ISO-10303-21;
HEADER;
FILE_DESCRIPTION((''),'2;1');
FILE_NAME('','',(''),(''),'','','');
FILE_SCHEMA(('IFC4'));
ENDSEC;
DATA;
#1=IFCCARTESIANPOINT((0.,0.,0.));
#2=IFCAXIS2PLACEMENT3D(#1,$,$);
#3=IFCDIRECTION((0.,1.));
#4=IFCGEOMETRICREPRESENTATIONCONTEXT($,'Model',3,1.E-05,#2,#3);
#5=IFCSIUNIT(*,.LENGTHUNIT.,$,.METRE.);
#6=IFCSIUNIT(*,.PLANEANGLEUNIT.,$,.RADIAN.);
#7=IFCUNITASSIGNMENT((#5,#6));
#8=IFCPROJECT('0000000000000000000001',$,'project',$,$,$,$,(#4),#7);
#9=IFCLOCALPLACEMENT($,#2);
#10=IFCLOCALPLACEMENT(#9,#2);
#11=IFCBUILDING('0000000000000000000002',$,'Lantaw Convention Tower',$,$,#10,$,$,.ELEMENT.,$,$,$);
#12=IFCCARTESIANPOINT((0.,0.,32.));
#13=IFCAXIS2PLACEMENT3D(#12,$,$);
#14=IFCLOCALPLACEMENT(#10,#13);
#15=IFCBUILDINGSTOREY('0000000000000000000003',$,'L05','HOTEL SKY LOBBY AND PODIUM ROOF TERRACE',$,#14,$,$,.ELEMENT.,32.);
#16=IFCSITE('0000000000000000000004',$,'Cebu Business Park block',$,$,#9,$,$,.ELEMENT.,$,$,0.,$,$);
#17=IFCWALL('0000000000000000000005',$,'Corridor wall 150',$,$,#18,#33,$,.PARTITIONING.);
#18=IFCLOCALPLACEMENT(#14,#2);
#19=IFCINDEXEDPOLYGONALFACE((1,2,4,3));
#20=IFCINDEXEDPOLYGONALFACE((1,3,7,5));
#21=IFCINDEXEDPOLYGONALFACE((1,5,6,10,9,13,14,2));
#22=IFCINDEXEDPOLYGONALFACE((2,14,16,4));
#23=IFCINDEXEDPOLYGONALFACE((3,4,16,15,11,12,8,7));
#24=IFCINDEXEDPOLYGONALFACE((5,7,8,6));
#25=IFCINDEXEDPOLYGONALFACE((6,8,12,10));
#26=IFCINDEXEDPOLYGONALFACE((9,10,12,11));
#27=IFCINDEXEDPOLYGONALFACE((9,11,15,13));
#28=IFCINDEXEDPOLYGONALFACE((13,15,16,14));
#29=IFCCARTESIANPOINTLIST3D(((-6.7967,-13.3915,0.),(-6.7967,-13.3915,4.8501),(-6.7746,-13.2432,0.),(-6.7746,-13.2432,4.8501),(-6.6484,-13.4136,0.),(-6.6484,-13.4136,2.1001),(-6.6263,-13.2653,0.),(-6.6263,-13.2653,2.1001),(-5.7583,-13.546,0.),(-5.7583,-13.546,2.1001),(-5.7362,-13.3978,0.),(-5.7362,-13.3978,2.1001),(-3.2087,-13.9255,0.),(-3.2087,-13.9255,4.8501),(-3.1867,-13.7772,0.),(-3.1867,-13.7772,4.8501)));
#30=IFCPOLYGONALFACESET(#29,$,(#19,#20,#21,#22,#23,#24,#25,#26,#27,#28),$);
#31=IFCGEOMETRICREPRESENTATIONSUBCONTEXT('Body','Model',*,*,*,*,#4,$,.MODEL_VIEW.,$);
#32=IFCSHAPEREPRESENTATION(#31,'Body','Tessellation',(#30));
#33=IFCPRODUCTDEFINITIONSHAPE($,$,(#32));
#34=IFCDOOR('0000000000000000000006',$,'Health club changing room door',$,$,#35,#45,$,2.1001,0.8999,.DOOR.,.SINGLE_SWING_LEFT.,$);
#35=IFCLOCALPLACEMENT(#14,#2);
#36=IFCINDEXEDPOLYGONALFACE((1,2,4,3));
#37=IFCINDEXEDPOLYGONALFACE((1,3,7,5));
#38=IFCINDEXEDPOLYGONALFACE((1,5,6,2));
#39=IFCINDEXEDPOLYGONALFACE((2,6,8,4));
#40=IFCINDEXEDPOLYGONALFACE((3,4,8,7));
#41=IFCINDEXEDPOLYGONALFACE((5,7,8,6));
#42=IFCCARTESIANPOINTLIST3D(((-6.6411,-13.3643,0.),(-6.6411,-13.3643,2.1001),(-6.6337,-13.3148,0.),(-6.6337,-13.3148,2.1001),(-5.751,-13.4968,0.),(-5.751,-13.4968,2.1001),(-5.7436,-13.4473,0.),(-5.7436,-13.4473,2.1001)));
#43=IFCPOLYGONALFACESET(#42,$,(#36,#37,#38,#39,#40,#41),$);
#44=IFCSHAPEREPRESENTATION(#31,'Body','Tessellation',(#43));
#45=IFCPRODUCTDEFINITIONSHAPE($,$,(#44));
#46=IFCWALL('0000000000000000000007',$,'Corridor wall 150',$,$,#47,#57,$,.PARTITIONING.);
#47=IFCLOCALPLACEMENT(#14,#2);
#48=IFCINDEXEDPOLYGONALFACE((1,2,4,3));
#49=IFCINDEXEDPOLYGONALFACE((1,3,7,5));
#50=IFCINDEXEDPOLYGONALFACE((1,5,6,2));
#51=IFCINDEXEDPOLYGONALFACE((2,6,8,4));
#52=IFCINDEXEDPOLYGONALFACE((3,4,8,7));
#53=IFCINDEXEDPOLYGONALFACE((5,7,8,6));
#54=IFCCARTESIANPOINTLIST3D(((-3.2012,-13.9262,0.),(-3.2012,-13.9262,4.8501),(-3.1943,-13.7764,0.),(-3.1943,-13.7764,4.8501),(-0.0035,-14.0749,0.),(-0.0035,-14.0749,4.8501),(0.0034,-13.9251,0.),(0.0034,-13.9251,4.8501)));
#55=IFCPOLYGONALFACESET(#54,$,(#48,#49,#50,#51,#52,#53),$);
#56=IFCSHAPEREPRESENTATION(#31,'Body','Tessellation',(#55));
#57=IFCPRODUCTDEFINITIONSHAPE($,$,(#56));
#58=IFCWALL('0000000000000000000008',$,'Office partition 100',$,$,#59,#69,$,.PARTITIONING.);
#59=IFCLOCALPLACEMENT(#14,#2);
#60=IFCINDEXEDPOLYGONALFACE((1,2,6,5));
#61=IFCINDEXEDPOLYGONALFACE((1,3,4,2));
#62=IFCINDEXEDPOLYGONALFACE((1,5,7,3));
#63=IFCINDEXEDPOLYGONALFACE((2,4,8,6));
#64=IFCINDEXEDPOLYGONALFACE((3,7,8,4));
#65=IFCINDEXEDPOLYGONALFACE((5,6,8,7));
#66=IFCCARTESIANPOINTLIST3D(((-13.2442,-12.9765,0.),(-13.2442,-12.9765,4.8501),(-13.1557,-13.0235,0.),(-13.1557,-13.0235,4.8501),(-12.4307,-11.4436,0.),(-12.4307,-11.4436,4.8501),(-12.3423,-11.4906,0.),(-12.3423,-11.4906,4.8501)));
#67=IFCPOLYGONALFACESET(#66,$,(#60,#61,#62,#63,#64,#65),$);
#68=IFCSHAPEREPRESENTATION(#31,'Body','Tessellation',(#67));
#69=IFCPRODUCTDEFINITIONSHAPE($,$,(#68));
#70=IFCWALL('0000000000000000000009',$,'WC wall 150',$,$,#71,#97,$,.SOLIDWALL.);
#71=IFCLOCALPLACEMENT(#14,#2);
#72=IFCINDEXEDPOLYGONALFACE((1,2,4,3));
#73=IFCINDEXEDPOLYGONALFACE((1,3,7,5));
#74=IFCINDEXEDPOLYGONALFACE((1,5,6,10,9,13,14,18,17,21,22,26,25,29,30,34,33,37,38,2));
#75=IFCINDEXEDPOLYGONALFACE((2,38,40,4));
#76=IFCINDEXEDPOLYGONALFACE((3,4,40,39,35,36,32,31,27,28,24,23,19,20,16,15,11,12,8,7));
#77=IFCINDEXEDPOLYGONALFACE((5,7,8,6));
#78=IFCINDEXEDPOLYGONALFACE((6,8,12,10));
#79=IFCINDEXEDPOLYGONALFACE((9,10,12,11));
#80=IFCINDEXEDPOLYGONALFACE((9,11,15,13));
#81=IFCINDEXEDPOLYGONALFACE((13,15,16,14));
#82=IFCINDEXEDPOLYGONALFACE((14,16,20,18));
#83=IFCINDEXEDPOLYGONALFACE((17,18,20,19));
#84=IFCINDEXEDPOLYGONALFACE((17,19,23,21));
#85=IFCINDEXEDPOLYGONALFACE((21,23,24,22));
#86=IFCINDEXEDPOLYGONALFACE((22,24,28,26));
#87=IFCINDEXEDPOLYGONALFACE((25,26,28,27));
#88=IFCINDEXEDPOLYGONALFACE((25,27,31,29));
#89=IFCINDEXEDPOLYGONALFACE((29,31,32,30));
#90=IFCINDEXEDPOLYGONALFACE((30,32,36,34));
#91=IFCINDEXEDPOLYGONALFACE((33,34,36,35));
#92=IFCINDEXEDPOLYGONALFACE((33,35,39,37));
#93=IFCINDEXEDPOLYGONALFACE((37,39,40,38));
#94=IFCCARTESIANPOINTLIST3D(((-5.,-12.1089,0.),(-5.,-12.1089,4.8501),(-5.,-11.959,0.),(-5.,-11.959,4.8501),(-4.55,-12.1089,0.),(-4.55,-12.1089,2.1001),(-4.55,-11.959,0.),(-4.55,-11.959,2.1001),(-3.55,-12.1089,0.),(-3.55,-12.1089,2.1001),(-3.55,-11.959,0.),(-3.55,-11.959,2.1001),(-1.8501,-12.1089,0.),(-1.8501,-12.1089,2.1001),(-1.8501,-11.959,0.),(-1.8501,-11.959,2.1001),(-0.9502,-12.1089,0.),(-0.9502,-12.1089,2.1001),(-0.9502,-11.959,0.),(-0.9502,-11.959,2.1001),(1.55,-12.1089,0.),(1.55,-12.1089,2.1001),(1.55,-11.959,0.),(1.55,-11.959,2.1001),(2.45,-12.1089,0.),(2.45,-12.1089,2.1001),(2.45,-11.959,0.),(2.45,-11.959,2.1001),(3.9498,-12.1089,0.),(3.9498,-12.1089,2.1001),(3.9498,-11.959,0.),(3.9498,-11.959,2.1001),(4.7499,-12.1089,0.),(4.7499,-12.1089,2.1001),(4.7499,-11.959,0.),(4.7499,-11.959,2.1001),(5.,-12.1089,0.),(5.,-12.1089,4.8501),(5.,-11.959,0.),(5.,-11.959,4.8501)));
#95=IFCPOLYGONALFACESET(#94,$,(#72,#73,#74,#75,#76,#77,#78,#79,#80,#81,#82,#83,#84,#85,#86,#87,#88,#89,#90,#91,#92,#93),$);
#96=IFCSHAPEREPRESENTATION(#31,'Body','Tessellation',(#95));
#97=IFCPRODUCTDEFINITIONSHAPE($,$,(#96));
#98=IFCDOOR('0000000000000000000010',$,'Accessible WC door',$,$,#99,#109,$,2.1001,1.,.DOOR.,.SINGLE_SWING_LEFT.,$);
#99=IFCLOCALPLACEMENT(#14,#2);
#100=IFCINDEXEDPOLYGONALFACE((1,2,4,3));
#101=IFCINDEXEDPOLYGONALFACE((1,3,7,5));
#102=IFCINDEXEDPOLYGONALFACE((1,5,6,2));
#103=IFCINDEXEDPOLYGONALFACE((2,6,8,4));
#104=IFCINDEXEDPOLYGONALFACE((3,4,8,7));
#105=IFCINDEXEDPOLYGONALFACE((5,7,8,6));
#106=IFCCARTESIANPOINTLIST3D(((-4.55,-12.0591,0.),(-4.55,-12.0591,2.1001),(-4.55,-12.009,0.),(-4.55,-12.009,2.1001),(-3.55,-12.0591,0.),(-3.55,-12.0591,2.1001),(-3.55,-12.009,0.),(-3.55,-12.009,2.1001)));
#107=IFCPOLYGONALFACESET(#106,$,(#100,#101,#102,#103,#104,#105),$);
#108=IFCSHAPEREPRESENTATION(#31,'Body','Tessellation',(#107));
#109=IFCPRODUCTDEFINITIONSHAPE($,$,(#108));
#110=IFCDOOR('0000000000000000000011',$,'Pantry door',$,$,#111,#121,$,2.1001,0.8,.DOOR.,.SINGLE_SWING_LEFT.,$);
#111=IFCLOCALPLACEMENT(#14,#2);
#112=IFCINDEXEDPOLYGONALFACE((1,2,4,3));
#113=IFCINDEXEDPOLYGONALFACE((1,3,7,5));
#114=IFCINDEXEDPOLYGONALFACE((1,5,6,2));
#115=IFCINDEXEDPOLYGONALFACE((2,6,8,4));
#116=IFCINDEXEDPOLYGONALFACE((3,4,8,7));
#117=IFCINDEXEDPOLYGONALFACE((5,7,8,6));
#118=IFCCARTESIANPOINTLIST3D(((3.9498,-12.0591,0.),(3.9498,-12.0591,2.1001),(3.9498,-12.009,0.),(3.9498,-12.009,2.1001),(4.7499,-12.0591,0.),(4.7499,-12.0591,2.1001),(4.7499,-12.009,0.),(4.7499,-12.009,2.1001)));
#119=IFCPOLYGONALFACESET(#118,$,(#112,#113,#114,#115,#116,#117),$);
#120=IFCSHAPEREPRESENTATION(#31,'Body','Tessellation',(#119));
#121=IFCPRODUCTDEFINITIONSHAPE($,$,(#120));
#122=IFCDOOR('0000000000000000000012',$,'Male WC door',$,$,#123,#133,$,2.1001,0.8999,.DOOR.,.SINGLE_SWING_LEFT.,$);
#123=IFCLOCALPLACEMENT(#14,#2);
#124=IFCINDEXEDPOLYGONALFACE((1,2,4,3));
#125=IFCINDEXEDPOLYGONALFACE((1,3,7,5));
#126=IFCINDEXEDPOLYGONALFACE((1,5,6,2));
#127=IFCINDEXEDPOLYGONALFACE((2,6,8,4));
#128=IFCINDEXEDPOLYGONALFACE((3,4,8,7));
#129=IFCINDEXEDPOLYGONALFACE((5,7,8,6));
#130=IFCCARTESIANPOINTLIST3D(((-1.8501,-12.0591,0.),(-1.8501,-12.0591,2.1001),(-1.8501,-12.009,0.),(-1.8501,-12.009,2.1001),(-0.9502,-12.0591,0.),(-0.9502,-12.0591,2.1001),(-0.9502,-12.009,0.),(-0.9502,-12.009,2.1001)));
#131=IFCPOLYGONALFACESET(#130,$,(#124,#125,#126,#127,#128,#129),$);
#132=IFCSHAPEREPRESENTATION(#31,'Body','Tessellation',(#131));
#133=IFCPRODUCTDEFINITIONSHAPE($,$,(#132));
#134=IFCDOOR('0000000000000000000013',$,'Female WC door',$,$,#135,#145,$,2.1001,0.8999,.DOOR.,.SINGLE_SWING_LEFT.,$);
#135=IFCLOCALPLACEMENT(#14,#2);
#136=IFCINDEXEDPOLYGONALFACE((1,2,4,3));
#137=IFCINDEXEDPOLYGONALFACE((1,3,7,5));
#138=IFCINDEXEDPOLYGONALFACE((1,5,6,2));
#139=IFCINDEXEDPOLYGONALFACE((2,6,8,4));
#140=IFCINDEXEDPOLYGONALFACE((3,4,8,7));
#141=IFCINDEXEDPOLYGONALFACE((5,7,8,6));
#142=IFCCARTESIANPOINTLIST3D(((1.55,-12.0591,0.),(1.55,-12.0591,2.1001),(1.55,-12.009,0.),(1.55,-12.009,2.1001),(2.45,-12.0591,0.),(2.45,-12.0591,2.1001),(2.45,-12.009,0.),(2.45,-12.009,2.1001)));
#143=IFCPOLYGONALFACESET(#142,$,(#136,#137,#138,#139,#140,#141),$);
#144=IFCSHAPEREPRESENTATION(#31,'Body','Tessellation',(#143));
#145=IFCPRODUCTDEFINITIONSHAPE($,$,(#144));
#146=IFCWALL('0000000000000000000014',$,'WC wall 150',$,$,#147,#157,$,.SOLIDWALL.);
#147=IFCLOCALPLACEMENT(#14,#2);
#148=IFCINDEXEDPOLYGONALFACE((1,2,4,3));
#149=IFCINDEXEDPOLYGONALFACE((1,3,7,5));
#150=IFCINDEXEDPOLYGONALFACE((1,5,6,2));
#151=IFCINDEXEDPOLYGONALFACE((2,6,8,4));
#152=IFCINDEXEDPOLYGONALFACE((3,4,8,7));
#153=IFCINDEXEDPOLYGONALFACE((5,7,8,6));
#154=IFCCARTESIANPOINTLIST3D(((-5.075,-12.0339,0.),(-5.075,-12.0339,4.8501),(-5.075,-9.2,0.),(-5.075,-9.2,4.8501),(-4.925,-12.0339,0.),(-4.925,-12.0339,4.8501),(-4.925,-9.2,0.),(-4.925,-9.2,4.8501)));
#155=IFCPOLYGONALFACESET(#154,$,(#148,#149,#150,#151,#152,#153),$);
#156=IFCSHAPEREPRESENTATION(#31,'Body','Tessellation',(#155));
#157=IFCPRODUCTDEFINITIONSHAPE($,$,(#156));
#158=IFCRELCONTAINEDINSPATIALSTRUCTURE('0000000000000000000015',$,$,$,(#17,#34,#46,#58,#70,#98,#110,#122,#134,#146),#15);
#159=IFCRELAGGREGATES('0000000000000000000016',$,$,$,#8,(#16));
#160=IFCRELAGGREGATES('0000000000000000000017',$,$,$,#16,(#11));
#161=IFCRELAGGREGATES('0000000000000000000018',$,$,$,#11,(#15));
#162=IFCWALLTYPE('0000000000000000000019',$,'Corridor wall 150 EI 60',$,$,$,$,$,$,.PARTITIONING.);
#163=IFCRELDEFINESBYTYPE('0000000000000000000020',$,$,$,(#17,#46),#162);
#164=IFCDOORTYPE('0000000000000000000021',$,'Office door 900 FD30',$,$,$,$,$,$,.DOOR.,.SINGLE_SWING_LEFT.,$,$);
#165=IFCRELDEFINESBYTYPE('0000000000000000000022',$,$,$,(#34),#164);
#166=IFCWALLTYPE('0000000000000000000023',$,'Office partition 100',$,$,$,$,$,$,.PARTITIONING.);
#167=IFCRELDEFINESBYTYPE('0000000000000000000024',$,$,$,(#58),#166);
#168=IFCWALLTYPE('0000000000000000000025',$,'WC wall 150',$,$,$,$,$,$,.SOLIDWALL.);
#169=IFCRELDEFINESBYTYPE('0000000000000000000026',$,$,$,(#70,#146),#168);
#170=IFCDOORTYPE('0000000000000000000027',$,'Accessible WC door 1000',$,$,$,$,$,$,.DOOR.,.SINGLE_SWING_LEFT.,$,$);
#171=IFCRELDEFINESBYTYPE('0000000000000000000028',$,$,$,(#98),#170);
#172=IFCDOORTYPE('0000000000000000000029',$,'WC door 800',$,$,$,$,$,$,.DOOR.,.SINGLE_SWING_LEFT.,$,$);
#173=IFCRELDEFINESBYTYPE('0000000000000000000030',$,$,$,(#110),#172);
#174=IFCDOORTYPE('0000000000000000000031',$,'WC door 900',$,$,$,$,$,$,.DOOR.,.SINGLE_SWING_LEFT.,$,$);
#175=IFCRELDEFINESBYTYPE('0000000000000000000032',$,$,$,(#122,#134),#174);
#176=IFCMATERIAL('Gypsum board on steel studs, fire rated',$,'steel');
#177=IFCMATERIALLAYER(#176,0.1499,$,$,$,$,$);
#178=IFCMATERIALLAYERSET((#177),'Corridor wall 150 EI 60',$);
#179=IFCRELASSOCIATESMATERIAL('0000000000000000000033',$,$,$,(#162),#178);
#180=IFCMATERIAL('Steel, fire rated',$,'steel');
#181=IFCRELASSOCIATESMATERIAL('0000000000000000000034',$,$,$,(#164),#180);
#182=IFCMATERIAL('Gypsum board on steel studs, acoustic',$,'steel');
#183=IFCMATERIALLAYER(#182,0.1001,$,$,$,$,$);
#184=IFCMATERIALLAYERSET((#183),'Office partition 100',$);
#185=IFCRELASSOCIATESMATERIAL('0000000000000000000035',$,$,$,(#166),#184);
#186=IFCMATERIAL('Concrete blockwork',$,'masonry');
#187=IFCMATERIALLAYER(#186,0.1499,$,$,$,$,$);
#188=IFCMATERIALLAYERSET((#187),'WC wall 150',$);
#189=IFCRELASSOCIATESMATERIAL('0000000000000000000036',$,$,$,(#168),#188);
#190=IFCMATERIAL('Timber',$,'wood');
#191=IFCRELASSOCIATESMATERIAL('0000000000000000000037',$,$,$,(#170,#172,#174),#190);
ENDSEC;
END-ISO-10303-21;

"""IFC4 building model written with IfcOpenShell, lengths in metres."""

from ifc_helpers import new_model, si_unit, direction, frame, frame_2d, origin, place, context, subcontext, project, spatial, rectangle, extrude, material, layer, layer_set, type_object, element, fill, save


model = new_model("IFC4")

# Units and contexts
model_context = context("Model", 3, precision=1e-05, world=origin(), true_north=direction((0.0, 1.0)))
body_context = subcontext(model_context, "Body", "Model", "MODEL_VIEW")
ifc_project = project(units=[si_unit("LENGTHUNIT", "METRE"), si_unit("PLANEANGLEUNIT", "RADIAN")], contexts=[model_context])

# Site, building, storey
site_placement = place(None, origin())
site = spatial("IfcSite", under=ifc_project, at=site_placement, Name="Cebu Business Park block", CompositionType="ELEMENT", RefElevation=0.0)
building_placement = place(site_placement, origin())
building = spatial("IfcBuilding", under=site, at=building_placement, Name="Lantaw Convention Tower", CompositionType="ELEMENT")
storey_placement = place(building_placement, frame((0.0, 0.0, 32.0)))
storey = spatial("IfcBuildingStorey", under=building, at=storey_placement, Name="L05", Description="HOTEL SKY LOBBY AND PODIUM ROOF TERRACE", CompositionType="ELEMENT", Elevation=32.0)

# Wall, opening, door
ifc_material_1 = material(Name="Gypsum board on steel studs, fire rated", Category="steel")
ifc_layer_1 = layer(ifc_material_1, 0.1499)
ifc_layer_set_1 = layer_set([ifc_layer_1], Name="Corridor wall 150 EI 60")
wall_type_1 = type_object("IfcWallType", Name="Corridor wall 150 EI 60", PredefinedType="PARTITIONING", material=ifc_layer_set_1)
ifc_material_2 = material(Name="Steel, fire rated", Category="steel")
wall_1_placement = place(storey_placement, frame((-6.7856, -13.3174, 0.0), z_axis=(0.0, 0.0, 1.0), x_axis=(0.989107, -0.147195, 0.0)))
wall_1 = element("IfcWall", 1, at=wall_1_placement, inside=storey, type_object=wall_type_1, Name="Corridor wall 150", PredefinedType="PARTITIONING", context=body_context, shape_type="SweptSolid", body=[
    extrude(rectangle(XDim=3.6274, YDim=0.1499, at=frame_2d((1.8137, 0.0))), origin(), (0.0, 0.0, 1.0), 4.8501),
])
opening_1_placement = place(wall_1_placement, frame((0.1499, 0.0, 0.0)))
opening_1 = element("IfcOpeningElement", 2, at=opening_1_placement, cuts=wall_1, PredefinedType="OPENING", context=body_context, shape_type="SweptSolid", body=[
    extrude(rectangle(XDim=0.8999, YDim=2.1001, at=frame_2d((0.45, 1.05))), frame((0.0, 0.085, 0.0), z_axis=(0.0, -1.0, 0.0), x_axis=(1.0, 0.0, 0.0)), (0.0, 0.0, 1.0), 0.1699),
])
door_type_1 = type_object("IfcDoorType", Name="Office door 900 FD30", OperationType="SINGLE_SWING_LEFT", PredefinedType="DOOR", material=ifc_material_2)
door_1_placement = place(opening_1_placement, origin())
door_1 = element("IfcDoor", 3, at=door_1_placement, inside=storey, type_object=door_type_1, Name="Health club changing room door", OperationType="SINGLE_SWING_LEFT", OverallHeight=2.1001, OverallWidth=0.8999, PredefinedType="DOOR", context=body_context, shape_type="SweptSolid", body=[
    extrude(rectangle(XDim=0.8999, YDim=2.1001, at=frame_2d((0.45, 1.05))), frame((0.0, 0.0249, 0.0), z_axis=(0.0, -1.0, 0.0), x_axis=(1.0, 0.0, 0.0)), (0.0, 0.0, 1.0), 0.05),
])
fill(opening_1, door_1)

# Walls
wall_2_placement = place(storey_placement, frame((-3.1978, -13.8513, 0.0), z_axis=(0.0, 0.0, 1.0), x_axis=(0.998921, -0.046445, 0.0)))
element("IfcWall", 4, at=wall_2_placement, inside=storey, type_object=wall_type_1, Name="Corridor wall 150", PredefinedType="PARTITIONING", context=body_context, shape_type="SweptSolid", body=[
    extrude(rectangle(XDim=3.2012, YDim=0.1499, at=frame_2d((1.6006, 0.0))), origin(), (0.0, 0.0, 1.0), 4.8501),
])
ifc_material_3 = material(Name="Gypsum board on steel studs, acoustic", Category="steel")
ifc_layer_2 = layer(ifc_material_3, 0.1001)
ifc_layer_set_2 = layer_set([ifc_layer_2], Name="Office partition 100")
wall_type_2 = type_object("IfcWallType", Name="Office partition 100", PredefinedType="PARTITIONING", material=ifc_layer_set_2)
wall_3_placement = place(storey_placement, frame((-13.2, -13.0, 0.0), z_axis=(0.0, 0.0, 1.0), x_axis=(0.468747, 0.883332, 0.0)))
element("IfcWall", 5, at=wall_3_placement, inside=storey, type_object=wall_type_2, Name="Office partition 100", PredefinedType="PARTITIONING", context=body_context, shape_type="SweptSolid", body=[
    extrude(rectangle(XDim=1.7354, YDim=0.1001, at=frame_2d((0.8677, 0.0))), origin(), (0.0, 0.0, 1.0), 4.8501),
])

# Wall, openings, doors
ifc_material_4 = material(Name="Concrete blockwork", Category="masonry")
ifc_layer_3 = layer(ifc_material_4, 0.1499)
ifc_layer_set_3 = layer_set([ifc_layer_3], Name="WC wall 150")
wall_type_3 = type_object("IfcWallType", Name="WC wall 150", PredefinedType="SOLIDWALL", material=ifc_layer_set_3)
wall_4_placement = place(storey_placement, frame((-5.0, -12.0339, 0.0), z_axis=(0.0, 0.0, 1.0), x_axis=(1.0, 0.0, 0.0)))
wall_4 = element("IfcWall", 6, at=wall_4_placement, inside=storey, type_object=wall_type_3, Name="WC wall 150", PredefinedType="SOLIDWALL", context=body_context, shape_type="SweptSolid", body=[
    extrude(rectangle(XDim=10.0, YDim=0.1499, at=frame_2d((5.0, 0.0))), origin(), (0.0, 0.0, 1.0), 4.8501),
])
opening_2_placement = place(wall_4_placement, frame((0.45, 0.0, 0.0)))
opening_2 = element("IfcOpeningElement", 7, at=opening_2_placement, cuts=wall_4, PredefinedType="OPENING", context=body_context, shape_type="SweptSolid", body=[
    extrude(rectangle(XDim=1.0, YDim=2.1001, at=frame_2d((0.5, 1.05))), frame((0.0, 0.085, 0.0), z_axis=(0.0, -1.0, 0.0), x_axis=(1.0, 0.0, 0.0)), (0.0, 0.0, 1.0), 0.1699),
])
opening_3_placement = place(wall_4_placement, frame((3.1499, 0.0, 0.0)))
opening_3 = element("IfcOpeningElement", 8, at=opening_3_placement, cuts=wall_4, PredefinedType="OPENING", context=body_context, shape_type="SweptSolid", body=[
    extrude(rectangle(XDim=0.8999, YDim=2.1001, at=frame_2d((0.45, 1.05))), frame((0.0, 0.085, 0.0), z_axis=(0.0, -1.0, 0.0), x_axis=(1.0, 0.0, 0.0)), (0.0, 0.0, 1.0), 0.1699),
])
opening_4_placement = place(wall_4_placement, frame((6.55, 0.0, 0.0)))
opening_4 = element("IfcOpeningElement", 9, at=opening_4_placement, cuts=wall_4, PredefinedType="OPENING", context=body_context, shape_type="SweptSolid", body=[
    extrude(rectangle(XDim=0.8999, YDim=2.1001, at=frame_2d((0.45, 1.05))), frame((0.0, 0.085, 0.0), z_axis=(0.0, -1.0, 0.0), x_axis=(1.0, 0.0, 0.0)), (0.0, 0.0, 1.0), 0.1699),
])
opening_5_placement = place(wall_4_placement, frame((8.95, 0.0, 0.0)))
opening_5 = element("IfcOpeningElement", 10, at=opening_5_placement, cuts=wall_4, PredefinedType="OPENING", context=body_context, shape_type="SweptSolid", body=[
    extrude(rectangle(XDim=0.8, YDim=2.1001, at=frame_2d((0.3999, 1.05))), frame((0.0, 0.085, 0.0), z_axis=(0.0, -1.0, 0.0), x_axis=(1.0, 0.0, 0.0)), (0.0, 0.0, 1.0), 0.1699),
])
ifc_material_5 = material(Name="Timber", Category="wood")
door_type_2 = type_object("IfcDoorType", Name="Accessible WC door 1000", OperationType="SINGLE_SWING_LEFT", PredefinedType="DOOR", material=ifc_material_5)
door_2_placement = place(opening_2_placement, origin())
door_2 = element("IfcDoor", 11, at=door_2_placement, inside=storey, type_object=door_type_2, Name="Accessible WC door", OperationType="SINGLE_SWING_LEFT", OverallHeight=2.1001, OverallWidth=1.0, PredefinedType="DOOR", context=body_context, shape_type="SweptSolid", body=[
    extrude(rectangle(XDim=1.0, YDim=2.1001, at=frame_2d((0.5, 1.05))), frame((0.0, 0.0249, 0.0), z_axis=(0.0, -1.0, 0.0), x_axis=(1.0, 0.0, 0.0)), (0.0, 0.0, 1.0), 0.05),
])
fill(opening_2, door_2)
door_type_3 = type_object("IfcDoorType", Name="WC door 800", OperationType="SINGLE_SWING_LEFT", PredefinedType="DOOR", material=ifc_material_5)
door_3_placement = place(opening_5_placement, origin())
door_3 = element("IfcDoor", 12, at=door_3_placement, inside=storey, type_object=door_type_3, Name="Pantry door", OperationType="SINGLE_SWING_LEFT", OverallHeight=2.1001, OverallWidth=0.8, PredefinedType="DOOR", context=body_context, shape_type="SweptSolid", body=[
    extrude(rectangle(XDim=0.8, YDim=2.1001, at=frame_2d((0.3999, 1.05))), frame((0.0, 0.0249, 0.0), z_axis=(0.0, -1.0, 0.0), x_axis=(1.0, 0.0, 0.0)), (0.0, 0.0, 1.0), 0.05),
])
fill(opening_5, door_3)
door_type_4 = type_object("IfcDoorType", Name="WC door 900", OperationType="SINGLE_SWING_LEFT", PredefinedType="DOOR", material=ifc_material_5)
door_4_placement = place(opening_3_placement, origin())
door_4 = element("IfcDoor", 13, at=door_4_placement, inside=storey, type_object=door_type_4, Name="Male WC door", OperationType="SINGLE_SWING_LEFT", OverallHeight=2.1001, OverallWidth=0.8999, PredefinedType="DOOR", context=body_context, shape_type="SweptSolid", body=[
    extrude(rectangle(XDim=0.8999, YDim=2.1001, at=frame_2d((0.45, 1.05))), frame((0.0, 0.0249, 0.0), z_axis=(0.0, -1.0, 0.0), x_axis=(1.0, 0.0, 0.0)), (0.0, 0.0, 1.0), 0.05),
])
fill(opening_3, door_4)
door_5_placement = place(opening_4_placement, origin())
door_5 = element("IfcDoor", 14, at=door_5_placement, inside=storey, type_object=door_type_4, Name="Female WC door", OperationType="SINGLE_SWING_LEFT", OverallHeight=2.1001, OverallWidth=0.8999, PredefinedType="DOOR", context=body_context, shape_type="SweptSolid", body=[
    extrude(rectangle(XDim=0.8999, YDim=2.1001, at=frame_2d((0.45, 1.05))), frame((0.0, 0.0249, 0.0), z_axis=(0.0, -1.0, 0.0), x_axis=(1.0, 0.0, 0.0)), (0.0, 0.0, 1.0), 0.05),
])
fill(opening_4, door_5)

# Wall
wall_5_placement = place(storey_placement, frame((-5.0, -9.2, 0.0), z_axis=(0.0, 0.0, 1.0), x_axis=(0.0, -1.0, 0.0)))
element("IfcWall", 15, at=wall_5_placement, inside=storey, type_object=wall_type_3, Name="WC wall 150", PredefinedType="SOLIDWALL", context=body_context, shape_type="SweptSolid", body=[
    extrude(rectangle(XDim=2.834, YDim=0.1499, at=frame_2d((1.417, 0.0))), origin(), (0.0, 0.0, 1.0), 4.8501),
])

save(model, "model.ifc")
